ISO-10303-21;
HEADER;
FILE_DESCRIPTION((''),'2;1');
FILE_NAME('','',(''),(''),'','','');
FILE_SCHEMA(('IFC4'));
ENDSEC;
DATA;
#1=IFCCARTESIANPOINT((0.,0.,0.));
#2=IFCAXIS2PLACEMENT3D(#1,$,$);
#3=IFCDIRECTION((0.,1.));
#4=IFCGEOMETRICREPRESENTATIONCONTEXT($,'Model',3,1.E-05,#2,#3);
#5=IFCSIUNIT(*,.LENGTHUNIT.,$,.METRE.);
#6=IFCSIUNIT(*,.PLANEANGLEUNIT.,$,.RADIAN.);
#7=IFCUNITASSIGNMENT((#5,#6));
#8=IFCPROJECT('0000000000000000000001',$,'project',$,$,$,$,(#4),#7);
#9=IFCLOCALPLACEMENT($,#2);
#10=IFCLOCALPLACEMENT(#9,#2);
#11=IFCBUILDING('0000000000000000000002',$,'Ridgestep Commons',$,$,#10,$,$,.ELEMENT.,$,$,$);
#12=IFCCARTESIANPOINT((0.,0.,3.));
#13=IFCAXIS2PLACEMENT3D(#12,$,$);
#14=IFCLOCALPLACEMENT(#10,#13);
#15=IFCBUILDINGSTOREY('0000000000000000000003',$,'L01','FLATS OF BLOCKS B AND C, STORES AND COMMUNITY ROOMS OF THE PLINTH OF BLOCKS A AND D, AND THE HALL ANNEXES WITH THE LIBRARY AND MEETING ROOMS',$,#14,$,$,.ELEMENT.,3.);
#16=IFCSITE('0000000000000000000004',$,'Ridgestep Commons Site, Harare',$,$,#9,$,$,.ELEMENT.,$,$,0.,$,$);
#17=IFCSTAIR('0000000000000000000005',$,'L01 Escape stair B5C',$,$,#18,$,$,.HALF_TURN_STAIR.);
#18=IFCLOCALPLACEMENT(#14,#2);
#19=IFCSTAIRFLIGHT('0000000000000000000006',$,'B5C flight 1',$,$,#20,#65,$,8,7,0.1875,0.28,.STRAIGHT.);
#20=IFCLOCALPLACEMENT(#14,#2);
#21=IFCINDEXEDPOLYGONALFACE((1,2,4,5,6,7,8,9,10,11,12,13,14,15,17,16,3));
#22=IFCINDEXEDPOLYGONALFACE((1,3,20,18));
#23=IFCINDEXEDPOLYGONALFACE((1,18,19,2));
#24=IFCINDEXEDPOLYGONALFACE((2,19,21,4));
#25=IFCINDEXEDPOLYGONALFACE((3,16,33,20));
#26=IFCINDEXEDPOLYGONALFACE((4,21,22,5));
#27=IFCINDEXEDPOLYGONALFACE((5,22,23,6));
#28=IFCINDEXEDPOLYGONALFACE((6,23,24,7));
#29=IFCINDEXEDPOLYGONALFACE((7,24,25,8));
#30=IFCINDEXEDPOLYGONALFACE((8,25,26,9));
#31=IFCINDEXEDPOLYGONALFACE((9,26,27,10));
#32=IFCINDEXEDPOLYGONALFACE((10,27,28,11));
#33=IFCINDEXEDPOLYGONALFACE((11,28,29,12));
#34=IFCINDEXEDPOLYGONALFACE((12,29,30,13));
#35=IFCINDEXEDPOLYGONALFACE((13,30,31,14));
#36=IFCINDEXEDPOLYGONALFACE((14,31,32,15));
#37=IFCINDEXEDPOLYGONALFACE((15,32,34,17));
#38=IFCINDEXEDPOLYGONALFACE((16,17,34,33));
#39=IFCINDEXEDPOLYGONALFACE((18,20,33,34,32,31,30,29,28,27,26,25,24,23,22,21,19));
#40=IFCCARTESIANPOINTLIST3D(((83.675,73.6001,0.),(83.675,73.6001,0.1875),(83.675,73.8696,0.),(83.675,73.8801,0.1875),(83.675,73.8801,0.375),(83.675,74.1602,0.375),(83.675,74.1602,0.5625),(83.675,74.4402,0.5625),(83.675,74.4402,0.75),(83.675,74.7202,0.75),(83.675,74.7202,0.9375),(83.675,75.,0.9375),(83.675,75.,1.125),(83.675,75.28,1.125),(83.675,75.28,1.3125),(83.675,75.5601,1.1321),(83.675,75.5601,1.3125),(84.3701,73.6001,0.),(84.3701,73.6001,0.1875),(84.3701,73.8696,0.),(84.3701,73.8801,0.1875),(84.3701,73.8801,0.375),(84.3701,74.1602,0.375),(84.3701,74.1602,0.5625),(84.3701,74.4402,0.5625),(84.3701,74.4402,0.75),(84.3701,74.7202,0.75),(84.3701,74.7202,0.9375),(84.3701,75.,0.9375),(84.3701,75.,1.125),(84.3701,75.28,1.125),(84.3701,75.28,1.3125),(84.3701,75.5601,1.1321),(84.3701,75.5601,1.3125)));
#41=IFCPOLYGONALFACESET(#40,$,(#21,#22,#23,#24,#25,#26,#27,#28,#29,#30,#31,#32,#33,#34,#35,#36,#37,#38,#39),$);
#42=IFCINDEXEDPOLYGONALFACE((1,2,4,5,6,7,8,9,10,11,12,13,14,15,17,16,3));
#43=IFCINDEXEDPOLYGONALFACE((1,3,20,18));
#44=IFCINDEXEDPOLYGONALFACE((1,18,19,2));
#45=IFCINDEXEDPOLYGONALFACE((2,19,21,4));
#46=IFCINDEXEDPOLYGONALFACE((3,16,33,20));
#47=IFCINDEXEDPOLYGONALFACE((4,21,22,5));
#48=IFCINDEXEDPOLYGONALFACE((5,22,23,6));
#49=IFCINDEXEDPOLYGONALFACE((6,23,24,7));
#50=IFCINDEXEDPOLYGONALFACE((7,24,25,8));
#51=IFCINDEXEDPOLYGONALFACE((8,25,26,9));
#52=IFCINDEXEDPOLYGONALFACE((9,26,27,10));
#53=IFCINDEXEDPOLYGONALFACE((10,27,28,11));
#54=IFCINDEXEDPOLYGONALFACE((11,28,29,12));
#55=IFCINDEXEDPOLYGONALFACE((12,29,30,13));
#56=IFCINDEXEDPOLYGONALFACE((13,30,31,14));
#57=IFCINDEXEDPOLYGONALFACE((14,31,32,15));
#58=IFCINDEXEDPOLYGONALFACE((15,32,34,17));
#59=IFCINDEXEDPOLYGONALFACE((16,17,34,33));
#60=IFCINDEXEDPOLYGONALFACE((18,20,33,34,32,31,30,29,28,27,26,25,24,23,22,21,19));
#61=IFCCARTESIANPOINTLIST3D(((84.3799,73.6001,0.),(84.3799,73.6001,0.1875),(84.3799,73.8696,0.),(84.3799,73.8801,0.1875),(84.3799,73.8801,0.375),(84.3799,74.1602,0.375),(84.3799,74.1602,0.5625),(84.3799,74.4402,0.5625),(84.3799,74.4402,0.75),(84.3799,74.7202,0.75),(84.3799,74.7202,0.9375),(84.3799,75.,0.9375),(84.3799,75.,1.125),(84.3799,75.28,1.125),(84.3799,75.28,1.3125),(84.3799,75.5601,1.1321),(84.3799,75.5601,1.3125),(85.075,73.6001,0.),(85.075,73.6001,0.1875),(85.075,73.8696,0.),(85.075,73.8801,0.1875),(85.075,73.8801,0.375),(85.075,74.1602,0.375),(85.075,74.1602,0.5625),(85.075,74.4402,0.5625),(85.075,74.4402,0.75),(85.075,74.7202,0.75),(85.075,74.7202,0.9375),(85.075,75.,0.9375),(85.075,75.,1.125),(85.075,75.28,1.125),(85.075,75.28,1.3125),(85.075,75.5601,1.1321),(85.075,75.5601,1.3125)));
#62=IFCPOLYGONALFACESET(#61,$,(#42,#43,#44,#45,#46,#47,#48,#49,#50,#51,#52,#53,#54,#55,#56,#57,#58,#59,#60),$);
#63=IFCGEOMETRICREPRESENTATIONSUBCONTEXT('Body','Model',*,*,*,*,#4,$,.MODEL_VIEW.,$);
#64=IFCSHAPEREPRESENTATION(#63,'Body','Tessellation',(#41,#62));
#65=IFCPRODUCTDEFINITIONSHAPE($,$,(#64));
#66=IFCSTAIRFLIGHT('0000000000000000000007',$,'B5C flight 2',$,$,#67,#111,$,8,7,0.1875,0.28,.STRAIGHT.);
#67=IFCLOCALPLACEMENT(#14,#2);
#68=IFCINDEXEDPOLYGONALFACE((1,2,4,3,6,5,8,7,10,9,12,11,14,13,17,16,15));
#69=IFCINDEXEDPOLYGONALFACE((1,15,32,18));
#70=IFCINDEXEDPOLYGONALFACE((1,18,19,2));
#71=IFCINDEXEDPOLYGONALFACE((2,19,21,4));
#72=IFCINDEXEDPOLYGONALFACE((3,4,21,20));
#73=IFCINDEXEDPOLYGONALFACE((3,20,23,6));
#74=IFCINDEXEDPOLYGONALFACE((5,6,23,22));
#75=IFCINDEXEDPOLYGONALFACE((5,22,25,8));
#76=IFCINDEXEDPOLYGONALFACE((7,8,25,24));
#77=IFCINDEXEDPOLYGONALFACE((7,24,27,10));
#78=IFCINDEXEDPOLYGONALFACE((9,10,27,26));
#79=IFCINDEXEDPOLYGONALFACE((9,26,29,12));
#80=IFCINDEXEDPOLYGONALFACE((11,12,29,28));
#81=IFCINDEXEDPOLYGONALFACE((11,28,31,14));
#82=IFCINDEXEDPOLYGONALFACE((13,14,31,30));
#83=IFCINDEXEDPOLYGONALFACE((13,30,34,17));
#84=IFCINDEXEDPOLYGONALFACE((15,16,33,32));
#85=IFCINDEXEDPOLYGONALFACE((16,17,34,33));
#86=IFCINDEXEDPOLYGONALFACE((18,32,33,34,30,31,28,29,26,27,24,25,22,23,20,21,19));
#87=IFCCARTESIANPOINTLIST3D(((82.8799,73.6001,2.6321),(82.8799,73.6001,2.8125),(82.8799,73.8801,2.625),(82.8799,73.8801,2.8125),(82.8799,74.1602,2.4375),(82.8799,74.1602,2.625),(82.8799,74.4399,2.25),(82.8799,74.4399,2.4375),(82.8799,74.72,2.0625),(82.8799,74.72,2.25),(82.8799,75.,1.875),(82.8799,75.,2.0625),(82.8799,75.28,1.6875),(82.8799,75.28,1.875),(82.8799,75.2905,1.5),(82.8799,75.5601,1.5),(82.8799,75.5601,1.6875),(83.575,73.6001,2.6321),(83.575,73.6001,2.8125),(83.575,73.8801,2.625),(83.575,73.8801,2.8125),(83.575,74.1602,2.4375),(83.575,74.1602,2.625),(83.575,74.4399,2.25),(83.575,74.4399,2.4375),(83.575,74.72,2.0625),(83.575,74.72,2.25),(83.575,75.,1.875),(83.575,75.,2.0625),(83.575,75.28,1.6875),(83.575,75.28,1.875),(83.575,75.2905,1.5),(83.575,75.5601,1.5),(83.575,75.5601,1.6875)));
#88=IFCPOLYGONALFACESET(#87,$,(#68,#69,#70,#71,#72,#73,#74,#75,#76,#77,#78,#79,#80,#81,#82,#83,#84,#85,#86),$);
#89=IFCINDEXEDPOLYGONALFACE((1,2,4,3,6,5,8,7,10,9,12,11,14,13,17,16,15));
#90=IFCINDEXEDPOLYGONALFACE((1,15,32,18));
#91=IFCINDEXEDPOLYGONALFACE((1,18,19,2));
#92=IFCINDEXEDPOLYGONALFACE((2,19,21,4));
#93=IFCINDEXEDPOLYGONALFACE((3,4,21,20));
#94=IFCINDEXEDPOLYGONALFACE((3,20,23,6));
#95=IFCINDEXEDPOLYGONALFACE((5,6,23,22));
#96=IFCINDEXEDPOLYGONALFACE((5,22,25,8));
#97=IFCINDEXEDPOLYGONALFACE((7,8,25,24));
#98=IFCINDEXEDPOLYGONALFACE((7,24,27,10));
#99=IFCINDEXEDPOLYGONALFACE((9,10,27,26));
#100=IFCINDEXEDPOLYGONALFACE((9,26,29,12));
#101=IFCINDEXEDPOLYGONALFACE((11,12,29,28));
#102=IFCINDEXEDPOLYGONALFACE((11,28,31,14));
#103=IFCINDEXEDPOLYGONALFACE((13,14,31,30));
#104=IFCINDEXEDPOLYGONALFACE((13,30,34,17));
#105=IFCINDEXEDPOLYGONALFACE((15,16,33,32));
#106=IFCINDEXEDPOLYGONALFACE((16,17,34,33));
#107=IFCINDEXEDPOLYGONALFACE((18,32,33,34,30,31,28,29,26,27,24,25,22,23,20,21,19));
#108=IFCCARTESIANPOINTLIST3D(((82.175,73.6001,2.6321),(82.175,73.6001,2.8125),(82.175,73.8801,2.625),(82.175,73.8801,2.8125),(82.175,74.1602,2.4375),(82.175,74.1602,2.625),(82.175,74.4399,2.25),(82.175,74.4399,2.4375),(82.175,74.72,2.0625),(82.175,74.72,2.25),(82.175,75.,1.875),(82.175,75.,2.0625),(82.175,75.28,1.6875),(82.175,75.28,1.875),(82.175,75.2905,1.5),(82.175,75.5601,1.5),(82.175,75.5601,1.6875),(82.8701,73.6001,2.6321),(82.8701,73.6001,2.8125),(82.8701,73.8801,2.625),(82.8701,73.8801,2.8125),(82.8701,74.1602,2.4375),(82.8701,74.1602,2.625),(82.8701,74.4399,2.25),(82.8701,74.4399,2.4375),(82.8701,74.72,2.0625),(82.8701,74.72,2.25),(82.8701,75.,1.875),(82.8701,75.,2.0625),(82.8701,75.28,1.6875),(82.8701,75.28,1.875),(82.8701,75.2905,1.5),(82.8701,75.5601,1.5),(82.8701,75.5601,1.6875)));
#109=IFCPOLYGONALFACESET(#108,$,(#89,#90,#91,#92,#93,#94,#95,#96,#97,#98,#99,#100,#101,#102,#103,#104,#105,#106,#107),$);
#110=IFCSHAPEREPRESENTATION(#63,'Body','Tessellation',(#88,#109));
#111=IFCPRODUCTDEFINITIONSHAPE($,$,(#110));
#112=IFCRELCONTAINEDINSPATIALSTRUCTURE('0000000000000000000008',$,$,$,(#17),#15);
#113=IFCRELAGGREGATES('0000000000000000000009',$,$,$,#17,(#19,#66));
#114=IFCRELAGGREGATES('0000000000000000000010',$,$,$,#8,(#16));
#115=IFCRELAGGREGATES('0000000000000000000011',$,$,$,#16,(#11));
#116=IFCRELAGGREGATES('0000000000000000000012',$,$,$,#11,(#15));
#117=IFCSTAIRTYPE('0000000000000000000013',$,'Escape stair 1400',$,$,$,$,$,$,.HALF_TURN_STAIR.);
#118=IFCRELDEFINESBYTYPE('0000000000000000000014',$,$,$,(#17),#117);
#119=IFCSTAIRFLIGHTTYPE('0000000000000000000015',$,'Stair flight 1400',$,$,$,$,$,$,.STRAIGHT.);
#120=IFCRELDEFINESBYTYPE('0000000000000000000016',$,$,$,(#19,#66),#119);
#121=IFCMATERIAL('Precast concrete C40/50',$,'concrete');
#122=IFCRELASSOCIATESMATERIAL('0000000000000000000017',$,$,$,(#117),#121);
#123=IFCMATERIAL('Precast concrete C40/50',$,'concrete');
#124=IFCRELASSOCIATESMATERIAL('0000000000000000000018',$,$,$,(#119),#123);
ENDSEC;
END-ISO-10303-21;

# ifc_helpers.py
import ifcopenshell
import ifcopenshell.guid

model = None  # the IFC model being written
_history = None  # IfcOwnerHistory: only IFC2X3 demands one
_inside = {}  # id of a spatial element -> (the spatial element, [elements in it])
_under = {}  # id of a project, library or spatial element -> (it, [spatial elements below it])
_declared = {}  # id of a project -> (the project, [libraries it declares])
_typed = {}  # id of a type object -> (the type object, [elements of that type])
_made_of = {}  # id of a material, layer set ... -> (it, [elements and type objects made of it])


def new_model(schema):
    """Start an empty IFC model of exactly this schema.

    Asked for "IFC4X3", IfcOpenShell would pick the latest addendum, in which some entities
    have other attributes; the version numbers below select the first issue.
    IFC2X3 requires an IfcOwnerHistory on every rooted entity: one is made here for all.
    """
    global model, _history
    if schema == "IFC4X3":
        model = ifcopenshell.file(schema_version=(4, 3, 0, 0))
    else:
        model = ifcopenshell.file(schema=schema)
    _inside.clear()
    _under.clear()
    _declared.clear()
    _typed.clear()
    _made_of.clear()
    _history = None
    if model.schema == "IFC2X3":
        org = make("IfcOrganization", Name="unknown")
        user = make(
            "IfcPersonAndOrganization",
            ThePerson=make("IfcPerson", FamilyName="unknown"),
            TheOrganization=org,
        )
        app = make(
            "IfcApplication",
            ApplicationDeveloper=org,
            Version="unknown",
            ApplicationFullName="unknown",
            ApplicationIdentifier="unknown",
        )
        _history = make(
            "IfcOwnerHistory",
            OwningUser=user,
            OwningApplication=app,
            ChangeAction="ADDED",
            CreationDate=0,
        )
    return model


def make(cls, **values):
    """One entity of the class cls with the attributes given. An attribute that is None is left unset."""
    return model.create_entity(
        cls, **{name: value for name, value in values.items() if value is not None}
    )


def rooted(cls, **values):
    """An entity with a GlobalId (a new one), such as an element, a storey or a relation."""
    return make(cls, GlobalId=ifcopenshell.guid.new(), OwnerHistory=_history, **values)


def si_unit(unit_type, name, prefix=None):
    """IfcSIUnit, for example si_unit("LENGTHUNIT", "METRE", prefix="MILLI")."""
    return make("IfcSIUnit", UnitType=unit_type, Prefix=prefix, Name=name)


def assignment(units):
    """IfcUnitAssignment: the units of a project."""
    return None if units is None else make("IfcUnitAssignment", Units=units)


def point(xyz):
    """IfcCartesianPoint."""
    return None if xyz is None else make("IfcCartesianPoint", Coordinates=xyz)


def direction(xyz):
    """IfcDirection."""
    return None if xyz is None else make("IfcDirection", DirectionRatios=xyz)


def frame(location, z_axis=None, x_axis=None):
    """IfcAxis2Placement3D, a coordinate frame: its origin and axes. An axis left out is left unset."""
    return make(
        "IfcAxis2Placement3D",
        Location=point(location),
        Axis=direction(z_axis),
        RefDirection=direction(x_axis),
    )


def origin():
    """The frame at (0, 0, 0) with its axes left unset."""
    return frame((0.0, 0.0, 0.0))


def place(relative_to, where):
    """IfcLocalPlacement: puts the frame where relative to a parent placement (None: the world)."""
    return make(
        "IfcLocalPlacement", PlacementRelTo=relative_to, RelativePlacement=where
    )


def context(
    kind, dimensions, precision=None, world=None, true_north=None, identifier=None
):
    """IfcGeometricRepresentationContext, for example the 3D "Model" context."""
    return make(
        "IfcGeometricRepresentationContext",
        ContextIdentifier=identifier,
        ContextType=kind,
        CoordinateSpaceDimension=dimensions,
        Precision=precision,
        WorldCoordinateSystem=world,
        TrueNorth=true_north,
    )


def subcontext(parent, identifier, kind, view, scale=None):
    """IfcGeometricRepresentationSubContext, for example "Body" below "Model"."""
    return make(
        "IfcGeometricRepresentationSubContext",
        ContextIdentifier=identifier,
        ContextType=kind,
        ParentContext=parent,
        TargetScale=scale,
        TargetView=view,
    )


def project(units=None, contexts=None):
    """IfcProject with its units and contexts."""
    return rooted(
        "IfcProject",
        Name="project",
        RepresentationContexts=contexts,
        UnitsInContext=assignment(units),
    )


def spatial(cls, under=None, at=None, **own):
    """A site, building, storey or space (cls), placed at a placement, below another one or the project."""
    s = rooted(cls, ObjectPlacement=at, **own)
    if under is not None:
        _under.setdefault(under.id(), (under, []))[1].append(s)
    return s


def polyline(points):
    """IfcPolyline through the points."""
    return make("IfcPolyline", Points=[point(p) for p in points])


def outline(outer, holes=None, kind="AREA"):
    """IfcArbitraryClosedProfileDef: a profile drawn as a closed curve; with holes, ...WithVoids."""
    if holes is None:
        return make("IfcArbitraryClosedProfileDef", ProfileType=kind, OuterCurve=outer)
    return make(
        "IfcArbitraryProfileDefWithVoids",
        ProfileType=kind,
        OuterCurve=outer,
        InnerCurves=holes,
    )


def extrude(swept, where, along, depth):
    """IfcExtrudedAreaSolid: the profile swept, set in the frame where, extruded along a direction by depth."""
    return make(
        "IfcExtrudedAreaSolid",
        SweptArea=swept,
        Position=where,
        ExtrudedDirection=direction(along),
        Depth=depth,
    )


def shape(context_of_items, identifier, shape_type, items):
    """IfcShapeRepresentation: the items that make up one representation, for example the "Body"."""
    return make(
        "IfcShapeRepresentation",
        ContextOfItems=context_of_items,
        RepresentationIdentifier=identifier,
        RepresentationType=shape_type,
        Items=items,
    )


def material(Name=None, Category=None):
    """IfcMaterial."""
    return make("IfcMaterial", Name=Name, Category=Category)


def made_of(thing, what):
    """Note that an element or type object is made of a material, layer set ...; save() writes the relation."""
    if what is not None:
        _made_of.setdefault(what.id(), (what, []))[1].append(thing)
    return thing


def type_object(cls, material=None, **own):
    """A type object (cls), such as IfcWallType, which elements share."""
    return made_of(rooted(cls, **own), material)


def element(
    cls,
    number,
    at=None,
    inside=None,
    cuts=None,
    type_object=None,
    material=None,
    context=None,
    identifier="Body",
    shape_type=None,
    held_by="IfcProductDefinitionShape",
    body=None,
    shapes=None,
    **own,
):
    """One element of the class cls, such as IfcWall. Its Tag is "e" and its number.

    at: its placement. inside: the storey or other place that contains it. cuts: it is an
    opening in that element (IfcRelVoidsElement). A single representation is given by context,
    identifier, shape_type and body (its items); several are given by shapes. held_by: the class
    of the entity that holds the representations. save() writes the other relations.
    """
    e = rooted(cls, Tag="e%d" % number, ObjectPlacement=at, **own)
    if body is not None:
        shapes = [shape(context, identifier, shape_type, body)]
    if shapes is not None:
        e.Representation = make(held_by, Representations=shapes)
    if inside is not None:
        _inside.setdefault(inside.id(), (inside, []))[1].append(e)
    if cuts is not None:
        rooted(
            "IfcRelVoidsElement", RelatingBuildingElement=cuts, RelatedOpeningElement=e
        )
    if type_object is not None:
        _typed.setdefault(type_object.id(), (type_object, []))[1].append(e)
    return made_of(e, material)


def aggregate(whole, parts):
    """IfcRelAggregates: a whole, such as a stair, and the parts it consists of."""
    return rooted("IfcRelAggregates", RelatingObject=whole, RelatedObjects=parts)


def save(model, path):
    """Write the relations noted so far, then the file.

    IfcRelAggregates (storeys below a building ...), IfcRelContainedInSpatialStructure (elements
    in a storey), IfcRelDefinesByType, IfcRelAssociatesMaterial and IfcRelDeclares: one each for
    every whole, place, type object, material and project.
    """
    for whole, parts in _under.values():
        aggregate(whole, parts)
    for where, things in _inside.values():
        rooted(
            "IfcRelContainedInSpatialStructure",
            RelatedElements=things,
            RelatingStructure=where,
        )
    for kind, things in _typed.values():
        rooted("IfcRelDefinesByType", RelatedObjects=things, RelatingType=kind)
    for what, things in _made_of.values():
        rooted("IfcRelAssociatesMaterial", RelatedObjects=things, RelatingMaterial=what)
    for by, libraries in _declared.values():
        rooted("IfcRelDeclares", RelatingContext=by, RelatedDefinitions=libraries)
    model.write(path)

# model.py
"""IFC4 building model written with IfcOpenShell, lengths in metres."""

from ifc_helpers import new_model, si_unit, direction, frame, origin, place, context, subcontext, project, spatial, polyline, outline, extrude, material, type_object, element, aggregate, save


model = new_model("IFC4")

# Units and contexts
model_context = context("Model", 3, precision=1e-05, world=origin(), true_north=direction((0.0, 1.0)))
body_context = subcontext(model_context, "Body", "Model", "MODEL_VIEW")
ifc_project = project(units=[si_unit("LENGTHUNIT", "METRE"), si_unit("PLANEANGLEUNIT", "RADIAN")], contexts=[model_context])

# Site, building, storey
site_placement = place(None, origin())
site = spatial("IfcSite", under=ifc_project, at=site_placement, Name="Ridgestep Commons Site, Harare", CompositionType="ELEMENT", RefElevation=0.0)
building_placement = place(site_placement, origin())
building = spatial("IfcBuilding", under=site, at=building_placement, Name="Ridgestep Commons", CompositionType="ELEMENT")
storey_placement = place(building_placement, frame((0.0, 0.0, 3.0)))
storey = spatial("IfcBuildingStorey", under=building, at=storey_placement, Name="L01", Description="FLATS OF BLOCKS B AND C, STORES AND COMMUNITY ROOMS OF THE PLINTH OF BLOCKS A AND D, AND THE HALL ANNEXES WITH THE LIBRARY AND MEETING ROOMS", CompositionType="ELEMENT", Elevation=3.0)

# Shared definitions
ifc_material_1 = material(Name="Precast concrete C40/50", Category="concrete")
stair_type = type_object("IfcStairType", Name="Escape stair 1400", PredefinedType="HALF_TURN_STAIR", material=ifc_material_1)
ifc_material_2 = material(Name="Precast concrete C40/50", Category="concrete")
stair_flight_type = type_object("IfcStairFlightType", Name="Stair flight 1400", PredefinedType="STRAIGHT", material=ifc_material_2)

# Stair, stair flights
stair_1_placement = place(storey_placement, origin())
stair_1 = element("IfcStair", 1, at=stair_1_placement, inside=storey, type_object=stair_type, Name="L01 Escape stair B5C", PredefinedType="HALF_TURN_STAIR")
stair_flight_1_placement = place(storey_placement, frame((84.375, 73.6001, 0.0), z_axis=(0.0, 0.0, 1.0), x_axis=(0.0, 1.0, 0.0)))
stair_flight_1 = element("IfcStairFlight", 2, at=stair_flight_1_placement, type_object=stair_flight_type, Name="B5C flight 1", NumberOfRisers=8, NumberOfTreads=7, PredefinedType="STRAIGHT", RiserHeight=0.1875, TreadLength=0.28, context=body_context, shape_type="SweptSolid", body=[
    extrude(outline(polyline([(0.0, 0.0), (0.0, 0.1875), (0.28, 0.1875), (0.28, 0.375), (0.5601, 0.375), (0.5601, 0.5625), (0.8401, 0.5625), (0.8401, 0.75), (1.1201, 0.75), (1.1201, 0.9375), (1.3999, 0.9375), (1.3999, 1.125), (1.6799, 1.125), (1.6799, 1.3125), (1.96, 1.3125), (1.96, 1.5), (1.96, 1.1321), (0.2695, 0.0), (0.0, 0.0)])), frame((0.0, 0.7, 0.0), z_axis=(0.0, -1.0, 0.0), x_axis=(1.0, 0.0, 0.0)), (0.0, 0.0, 1.0), 0.6951),
    extrude(outline(polyline([(0.0, 0.0), (0.0, 0.1875), (0.28, 0.1875), (0.28, 0.375), (0.5601, 0.375), (0.5601, 0.5625), (0.8401, 0.5625), (0.8401, 0.75), (1.1201, 0.75), (1.1201, 0.9375), (1.3999, 0.9375), (1.3999, 1.125), (1.6799, 1.125), (1.6799, 1.3125), (1.96, 1.3125), (1.96, 1.5), (1.96, 1.1321), (0.2695, 0.0), (0.0, 0.0)])), frame((0.0, -0.0049, 0.0), z_axis=(0.0, -1.0, 0.0), x_axis=(1.0, 0.0, 0.0)), (0.0, 0.0, 1.0), 0.6951),
])
stair_flight_2_placement = place(storey_placement, frame((82.875, 75.5601, 1.5), z_axis=(0.0, 0.0, 1.0), x_axis=(0.0, -1.0, 0.0)))
stair_flight_2 = element("IfcStairFlight", 3, at=stair_flight_2_placement, type_object=stair_flight_type, Name="B5C flight 2", NumberOfRisers=8, NumberOfTreads=7, PredefinedType="STRAIGHT", RiserHeight=0.1875, TreadLength=0.28, context=body_context, shape_type="SweptSolid", body=[
    extrude(outline(polyline([(0.0, 0.0), (0.0, 0.1875), (0.28, 0.1875), (0.28, 0.375), (0.5601, 0.375), (0.5601, 0.5625), (0.8401, 0.5625), (0.8401, 0.75), (1.1201, 0.75), (1.1201, 0.9375), (1.3999, 0.9375), (1.3999, 1.125), (1.6799, 1.125), (1.6799, 1.3125), (1.96, 1.3125), (1.96, 1.5), (1.96, 1.1321), (0.2695, 0.0), (0.0, 0.0)])), frame((0.0, 0.7, 0.0), z_axis=(0.0, -1.0, 0.0), x_axis=(1.0, 0.0, 0.0)), (0.0, 0.0, 1.0), 0.6951),
    extrude(outline(polyline([(0.0, 0.0), (0.0, 0.1875), (0.28, 0.1875), (0.28, 0.375), (0.5601, 0.375), (0.5601, 0.5625), (0.8401, 0.5625), (0.8401, 0.75), (1.1201, 0.75), (1.1201, 0.9375), (1.3999, 0.9375), (1.3999, 1.125), (1.6799, 1.125), (1.6799, 1.3125), (1.96, 1.3125), (1.96, 1.5), (1.96, 1.1321), (0.2695, 0.0), (0.0, 0.0)])), frame((0.0, -0.0049, 0.0), z_axis=(0.0, -1.0, 0.0), x_axis=(1.0, 0.0, 0.0)), (0.0, 0.0, 1.0), 0.6951),
])
aggregate(stair_1, [stair_flight_1, stair_flight_2])

save(model, "model.ifc")
